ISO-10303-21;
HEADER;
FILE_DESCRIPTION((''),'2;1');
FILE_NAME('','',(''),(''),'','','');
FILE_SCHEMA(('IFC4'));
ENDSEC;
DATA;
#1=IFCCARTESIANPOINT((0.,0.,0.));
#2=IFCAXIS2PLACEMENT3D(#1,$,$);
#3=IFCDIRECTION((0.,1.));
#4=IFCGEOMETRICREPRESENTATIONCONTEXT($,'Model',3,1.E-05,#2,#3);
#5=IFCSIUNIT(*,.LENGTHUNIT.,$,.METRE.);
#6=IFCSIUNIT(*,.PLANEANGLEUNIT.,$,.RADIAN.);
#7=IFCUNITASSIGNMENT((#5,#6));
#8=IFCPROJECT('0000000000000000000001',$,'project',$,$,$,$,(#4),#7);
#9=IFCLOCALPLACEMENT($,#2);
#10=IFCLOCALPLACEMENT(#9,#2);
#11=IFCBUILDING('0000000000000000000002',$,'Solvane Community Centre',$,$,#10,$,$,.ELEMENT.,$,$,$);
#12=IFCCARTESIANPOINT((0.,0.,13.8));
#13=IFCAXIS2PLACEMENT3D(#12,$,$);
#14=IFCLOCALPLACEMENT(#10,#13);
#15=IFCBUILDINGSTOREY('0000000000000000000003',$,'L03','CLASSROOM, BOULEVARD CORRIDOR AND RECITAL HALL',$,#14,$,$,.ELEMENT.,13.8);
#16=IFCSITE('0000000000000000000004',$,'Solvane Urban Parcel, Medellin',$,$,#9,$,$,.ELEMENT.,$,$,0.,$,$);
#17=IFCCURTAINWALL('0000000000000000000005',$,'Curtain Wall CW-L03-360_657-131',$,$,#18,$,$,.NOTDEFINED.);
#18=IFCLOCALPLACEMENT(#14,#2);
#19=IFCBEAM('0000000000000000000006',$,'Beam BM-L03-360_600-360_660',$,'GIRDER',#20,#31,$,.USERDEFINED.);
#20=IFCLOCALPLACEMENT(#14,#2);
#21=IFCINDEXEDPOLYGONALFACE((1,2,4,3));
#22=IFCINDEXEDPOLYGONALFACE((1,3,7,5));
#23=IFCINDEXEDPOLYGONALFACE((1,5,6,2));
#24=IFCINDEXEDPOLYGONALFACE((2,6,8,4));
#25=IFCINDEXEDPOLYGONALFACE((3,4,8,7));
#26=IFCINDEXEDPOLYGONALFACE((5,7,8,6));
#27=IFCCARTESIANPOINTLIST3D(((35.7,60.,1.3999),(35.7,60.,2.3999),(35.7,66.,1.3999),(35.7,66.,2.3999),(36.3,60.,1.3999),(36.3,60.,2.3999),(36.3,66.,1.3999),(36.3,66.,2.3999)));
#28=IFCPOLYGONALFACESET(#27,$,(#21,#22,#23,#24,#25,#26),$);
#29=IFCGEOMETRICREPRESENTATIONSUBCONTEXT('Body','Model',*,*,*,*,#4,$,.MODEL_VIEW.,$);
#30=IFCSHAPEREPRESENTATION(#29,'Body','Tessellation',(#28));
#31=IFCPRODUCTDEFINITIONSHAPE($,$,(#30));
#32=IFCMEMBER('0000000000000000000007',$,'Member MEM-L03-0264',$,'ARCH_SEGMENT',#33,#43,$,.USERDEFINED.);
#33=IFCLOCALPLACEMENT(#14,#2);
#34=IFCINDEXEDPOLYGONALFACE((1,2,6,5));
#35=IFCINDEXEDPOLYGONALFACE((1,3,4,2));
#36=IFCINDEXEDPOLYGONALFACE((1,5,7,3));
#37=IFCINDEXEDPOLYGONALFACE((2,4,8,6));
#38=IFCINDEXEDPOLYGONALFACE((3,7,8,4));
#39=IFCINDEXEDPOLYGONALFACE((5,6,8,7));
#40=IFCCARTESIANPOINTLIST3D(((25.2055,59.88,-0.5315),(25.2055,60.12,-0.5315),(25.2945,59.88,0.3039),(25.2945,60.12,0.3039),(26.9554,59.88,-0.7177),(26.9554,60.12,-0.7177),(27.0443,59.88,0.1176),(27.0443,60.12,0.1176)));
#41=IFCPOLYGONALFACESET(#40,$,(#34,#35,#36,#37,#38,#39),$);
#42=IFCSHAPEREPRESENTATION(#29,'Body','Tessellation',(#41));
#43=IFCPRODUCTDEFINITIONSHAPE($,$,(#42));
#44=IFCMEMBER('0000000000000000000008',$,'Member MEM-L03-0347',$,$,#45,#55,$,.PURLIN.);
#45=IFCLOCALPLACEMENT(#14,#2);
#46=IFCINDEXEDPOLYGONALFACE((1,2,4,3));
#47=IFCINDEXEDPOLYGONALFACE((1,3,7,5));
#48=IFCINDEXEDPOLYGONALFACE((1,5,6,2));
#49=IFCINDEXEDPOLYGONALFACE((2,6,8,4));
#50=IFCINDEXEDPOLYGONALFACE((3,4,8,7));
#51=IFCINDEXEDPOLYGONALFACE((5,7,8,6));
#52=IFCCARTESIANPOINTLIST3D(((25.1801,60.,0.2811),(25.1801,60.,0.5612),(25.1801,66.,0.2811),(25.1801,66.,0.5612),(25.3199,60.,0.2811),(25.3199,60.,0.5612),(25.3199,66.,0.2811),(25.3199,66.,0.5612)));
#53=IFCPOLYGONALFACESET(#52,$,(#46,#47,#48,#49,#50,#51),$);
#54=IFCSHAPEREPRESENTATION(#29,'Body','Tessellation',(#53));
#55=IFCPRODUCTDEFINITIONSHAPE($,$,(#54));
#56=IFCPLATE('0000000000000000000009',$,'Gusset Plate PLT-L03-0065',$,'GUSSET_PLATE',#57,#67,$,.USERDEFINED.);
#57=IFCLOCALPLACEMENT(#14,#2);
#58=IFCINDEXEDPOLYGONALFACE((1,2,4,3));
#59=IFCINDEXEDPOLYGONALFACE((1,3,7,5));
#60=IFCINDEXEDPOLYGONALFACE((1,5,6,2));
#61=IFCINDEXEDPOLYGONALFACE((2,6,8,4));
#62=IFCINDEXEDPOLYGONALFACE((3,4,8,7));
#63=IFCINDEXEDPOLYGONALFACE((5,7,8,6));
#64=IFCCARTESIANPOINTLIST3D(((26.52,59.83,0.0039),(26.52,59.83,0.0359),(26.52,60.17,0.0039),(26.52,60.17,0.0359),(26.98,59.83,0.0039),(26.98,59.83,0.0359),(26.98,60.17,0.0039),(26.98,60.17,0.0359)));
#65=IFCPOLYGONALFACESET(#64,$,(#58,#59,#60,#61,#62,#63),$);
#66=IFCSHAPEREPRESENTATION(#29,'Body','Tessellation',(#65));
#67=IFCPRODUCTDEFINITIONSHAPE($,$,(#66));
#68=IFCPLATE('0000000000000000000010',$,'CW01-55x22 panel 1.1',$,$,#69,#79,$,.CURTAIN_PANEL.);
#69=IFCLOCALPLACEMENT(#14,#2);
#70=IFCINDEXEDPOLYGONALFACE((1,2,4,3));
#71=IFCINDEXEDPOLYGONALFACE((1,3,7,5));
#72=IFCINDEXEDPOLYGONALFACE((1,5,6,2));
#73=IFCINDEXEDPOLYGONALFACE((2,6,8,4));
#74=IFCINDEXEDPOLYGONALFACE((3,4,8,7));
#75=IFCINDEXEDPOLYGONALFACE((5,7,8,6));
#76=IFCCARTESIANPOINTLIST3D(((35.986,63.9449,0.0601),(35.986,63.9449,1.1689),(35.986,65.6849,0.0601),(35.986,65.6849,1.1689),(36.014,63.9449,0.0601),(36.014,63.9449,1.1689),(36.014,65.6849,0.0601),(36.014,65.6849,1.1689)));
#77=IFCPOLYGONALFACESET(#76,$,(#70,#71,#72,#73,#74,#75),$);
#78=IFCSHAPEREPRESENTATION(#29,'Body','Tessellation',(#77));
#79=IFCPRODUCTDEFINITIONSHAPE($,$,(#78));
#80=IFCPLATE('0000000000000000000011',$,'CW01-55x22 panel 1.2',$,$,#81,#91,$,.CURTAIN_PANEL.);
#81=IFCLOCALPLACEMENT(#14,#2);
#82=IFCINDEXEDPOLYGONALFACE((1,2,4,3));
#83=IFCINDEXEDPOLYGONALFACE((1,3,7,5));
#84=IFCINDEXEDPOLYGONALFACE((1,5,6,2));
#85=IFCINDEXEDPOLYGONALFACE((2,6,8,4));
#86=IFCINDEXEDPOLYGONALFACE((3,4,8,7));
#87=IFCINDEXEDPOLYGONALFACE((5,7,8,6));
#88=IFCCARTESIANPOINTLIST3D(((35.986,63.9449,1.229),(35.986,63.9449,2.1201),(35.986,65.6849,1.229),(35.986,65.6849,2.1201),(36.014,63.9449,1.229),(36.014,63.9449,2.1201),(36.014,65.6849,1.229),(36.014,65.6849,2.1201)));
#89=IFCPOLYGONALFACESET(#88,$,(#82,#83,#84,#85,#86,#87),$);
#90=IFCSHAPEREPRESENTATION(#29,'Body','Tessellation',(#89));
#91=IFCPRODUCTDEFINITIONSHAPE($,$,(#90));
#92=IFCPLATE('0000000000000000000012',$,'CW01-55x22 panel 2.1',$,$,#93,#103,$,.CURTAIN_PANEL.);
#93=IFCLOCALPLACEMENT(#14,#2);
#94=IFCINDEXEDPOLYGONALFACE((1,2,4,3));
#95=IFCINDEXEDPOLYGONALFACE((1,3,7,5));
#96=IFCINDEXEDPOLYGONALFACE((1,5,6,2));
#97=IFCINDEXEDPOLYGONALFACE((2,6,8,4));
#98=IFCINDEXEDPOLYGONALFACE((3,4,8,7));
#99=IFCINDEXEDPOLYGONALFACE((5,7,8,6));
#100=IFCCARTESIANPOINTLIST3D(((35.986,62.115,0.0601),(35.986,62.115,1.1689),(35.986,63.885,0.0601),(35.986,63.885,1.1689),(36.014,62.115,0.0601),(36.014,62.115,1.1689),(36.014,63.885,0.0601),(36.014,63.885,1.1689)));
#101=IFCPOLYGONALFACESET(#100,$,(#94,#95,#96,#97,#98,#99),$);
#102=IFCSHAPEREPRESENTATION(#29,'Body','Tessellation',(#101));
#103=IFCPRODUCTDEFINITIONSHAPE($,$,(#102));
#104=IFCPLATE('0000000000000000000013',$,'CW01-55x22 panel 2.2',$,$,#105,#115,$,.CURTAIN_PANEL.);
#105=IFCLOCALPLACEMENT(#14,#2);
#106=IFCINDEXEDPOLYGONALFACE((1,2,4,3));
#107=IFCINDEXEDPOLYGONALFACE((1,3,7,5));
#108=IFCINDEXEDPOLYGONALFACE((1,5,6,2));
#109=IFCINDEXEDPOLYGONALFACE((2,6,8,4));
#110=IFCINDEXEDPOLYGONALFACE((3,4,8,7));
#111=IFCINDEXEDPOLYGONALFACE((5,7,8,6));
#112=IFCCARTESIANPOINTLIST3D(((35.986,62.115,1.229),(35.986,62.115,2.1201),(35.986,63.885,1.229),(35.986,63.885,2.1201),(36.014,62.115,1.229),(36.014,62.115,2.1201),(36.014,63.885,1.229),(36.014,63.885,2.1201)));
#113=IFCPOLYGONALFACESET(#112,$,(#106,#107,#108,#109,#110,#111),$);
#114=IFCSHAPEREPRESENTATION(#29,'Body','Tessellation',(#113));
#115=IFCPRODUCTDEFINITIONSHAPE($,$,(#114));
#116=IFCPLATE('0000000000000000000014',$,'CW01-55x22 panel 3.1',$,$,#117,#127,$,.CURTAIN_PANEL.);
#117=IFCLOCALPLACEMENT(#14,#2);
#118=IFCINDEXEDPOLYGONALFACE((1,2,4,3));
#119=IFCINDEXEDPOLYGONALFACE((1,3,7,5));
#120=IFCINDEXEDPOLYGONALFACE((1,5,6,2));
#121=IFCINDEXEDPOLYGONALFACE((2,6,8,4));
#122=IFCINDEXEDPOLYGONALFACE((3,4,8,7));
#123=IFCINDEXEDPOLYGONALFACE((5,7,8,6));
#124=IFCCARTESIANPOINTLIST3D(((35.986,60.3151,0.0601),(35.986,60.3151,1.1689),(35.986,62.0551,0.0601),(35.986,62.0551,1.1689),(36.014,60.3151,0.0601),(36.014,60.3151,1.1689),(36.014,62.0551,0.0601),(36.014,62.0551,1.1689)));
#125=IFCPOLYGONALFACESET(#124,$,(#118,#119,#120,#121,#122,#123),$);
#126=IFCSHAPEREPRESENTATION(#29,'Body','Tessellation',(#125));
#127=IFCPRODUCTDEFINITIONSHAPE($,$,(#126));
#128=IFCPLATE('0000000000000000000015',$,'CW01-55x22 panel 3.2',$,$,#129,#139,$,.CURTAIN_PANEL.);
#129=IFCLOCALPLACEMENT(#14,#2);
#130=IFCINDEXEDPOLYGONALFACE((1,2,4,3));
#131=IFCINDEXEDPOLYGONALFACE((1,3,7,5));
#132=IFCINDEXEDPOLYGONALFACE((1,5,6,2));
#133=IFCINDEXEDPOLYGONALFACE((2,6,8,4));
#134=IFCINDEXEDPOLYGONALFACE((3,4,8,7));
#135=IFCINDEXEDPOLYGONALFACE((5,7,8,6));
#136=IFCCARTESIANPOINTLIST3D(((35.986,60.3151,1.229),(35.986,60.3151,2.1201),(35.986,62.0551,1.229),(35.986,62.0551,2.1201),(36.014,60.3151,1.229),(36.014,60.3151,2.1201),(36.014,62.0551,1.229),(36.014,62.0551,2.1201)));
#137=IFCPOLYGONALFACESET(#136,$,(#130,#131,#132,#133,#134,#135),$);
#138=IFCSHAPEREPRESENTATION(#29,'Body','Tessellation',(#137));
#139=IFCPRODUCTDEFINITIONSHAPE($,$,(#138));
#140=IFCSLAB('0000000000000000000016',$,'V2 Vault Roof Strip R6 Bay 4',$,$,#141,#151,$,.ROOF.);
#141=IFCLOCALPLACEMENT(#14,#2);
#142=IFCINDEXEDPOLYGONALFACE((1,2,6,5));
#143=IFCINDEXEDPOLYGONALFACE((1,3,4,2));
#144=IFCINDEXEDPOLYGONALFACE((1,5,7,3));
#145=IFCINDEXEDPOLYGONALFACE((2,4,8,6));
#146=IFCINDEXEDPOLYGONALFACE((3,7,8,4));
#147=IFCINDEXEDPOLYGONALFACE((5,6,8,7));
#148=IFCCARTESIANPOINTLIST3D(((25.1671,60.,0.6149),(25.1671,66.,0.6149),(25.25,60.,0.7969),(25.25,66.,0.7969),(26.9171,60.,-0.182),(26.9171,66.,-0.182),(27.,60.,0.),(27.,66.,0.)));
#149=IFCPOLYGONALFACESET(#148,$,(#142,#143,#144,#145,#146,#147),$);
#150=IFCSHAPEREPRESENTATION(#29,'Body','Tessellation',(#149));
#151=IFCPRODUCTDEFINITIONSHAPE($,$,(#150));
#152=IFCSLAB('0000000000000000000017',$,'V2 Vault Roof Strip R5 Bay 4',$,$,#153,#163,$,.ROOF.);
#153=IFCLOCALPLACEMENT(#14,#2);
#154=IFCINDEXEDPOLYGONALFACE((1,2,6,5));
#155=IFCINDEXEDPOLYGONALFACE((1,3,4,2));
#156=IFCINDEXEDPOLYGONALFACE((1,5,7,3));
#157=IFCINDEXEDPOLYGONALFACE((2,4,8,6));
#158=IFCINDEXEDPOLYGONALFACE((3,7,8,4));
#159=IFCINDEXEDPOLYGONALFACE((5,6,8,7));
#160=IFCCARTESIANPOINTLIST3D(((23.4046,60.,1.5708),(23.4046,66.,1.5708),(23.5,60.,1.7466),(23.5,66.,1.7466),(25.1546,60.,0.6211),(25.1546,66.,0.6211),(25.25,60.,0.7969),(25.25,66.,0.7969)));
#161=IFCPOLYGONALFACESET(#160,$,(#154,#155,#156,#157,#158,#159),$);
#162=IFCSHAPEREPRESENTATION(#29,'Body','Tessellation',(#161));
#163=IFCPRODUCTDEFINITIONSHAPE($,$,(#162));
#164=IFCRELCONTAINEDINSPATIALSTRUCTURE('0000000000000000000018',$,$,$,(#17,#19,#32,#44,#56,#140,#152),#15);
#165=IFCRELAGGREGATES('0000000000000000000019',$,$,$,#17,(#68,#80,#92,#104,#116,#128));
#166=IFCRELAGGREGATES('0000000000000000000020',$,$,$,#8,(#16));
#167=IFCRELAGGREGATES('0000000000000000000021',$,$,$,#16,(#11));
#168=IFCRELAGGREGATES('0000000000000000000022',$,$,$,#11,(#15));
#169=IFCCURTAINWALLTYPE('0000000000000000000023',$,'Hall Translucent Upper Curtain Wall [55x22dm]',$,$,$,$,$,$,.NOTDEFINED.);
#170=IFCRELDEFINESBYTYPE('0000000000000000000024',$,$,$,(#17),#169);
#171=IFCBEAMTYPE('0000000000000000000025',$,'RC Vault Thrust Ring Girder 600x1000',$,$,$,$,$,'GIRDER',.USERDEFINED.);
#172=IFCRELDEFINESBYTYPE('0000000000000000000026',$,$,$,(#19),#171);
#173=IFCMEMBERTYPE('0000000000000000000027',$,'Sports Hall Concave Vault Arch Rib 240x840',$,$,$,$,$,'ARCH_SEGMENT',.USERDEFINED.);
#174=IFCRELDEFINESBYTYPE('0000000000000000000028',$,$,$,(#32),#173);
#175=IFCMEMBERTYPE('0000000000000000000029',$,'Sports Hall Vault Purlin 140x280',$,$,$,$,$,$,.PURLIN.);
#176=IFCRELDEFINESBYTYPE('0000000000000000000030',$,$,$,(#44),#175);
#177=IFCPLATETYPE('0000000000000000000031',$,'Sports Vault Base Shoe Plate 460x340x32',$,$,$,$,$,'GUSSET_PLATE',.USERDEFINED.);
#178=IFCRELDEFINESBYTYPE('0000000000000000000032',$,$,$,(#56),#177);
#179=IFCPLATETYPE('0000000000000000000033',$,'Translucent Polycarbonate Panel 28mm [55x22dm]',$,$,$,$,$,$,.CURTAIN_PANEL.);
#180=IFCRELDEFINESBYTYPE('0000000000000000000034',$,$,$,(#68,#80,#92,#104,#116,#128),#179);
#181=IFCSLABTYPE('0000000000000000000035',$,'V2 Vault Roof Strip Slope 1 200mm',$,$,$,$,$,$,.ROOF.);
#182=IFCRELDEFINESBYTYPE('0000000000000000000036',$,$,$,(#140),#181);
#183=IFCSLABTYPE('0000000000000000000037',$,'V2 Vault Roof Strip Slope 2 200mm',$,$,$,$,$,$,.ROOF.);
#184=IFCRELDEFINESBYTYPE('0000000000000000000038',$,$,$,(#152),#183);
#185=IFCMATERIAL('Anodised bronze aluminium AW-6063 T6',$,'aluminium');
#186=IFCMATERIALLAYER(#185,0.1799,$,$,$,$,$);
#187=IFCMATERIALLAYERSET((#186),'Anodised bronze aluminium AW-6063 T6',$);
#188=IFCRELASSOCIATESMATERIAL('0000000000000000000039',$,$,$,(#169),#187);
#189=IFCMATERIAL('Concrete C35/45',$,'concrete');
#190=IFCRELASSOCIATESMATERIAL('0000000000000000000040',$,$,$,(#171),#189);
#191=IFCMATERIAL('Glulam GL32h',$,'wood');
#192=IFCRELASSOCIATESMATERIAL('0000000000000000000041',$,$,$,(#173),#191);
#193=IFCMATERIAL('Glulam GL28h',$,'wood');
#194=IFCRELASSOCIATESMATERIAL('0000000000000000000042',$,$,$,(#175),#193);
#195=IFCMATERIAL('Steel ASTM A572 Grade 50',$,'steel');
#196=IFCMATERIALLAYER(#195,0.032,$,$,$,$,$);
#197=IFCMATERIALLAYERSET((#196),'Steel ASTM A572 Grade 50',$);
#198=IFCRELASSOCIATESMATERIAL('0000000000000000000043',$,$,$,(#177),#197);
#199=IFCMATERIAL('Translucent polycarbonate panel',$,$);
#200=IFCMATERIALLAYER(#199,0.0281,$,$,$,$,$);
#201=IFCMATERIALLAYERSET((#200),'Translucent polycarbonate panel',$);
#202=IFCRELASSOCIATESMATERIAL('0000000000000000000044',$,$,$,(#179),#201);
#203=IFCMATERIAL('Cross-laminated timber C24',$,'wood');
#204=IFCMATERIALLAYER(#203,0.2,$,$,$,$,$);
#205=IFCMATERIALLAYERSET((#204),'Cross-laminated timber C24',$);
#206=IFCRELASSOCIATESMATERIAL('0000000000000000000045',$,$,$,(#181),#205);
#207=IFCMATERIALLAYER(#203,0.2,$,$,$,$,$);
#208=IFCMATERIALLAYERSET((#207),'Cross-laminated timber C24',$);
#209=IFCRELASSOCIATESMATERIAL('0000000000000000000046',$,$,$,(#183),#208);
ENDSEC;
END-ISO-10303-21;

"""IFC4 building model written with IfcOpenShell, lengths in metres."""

from ifc_helpers import new_model, si_unit, direction, frame, origin, origin_2d, place, context, subcontext, project, spatial, polyline, rectangle, outline, extrude, material, layer, layer_set, material_profile, profile_set, type_object, element, aggregate, save


model = new_model("IFC4")

# Units and contexts
model_context = context("Model", 3, precision=1e-05, world=origin(), true_north=direction((0.0, 1.0)))
body_context = subcontext(model_context, "Body", "Model", "MODEL_VIEW")
ifc_project = project(units=[si_unit("LENGTHUNIT", "METRE"), si_unit("PLANEANGLEUNIT", "RADIAN")], contexts=[model_context])

# Site, building, storey
site_placement = place(None, origin())
site = spatial("IfcSite", under=ifc_project, at=site_placement, Name="Solvane Urban Parcel, Medellin", CompositionType="ELEMENT", RefElevation=0.0)
building_placement = place(site_placement, origin())
building = spatial("IfcBuilding", under=site, at=building_placement, Name="Solvane Community Centre", CompositionType="ELEMENT")
storey_placement = place(building_placement, frame((0.0, 0.0, 13.8)))
storey = spatial("IfcBuildingStorey", under=building, at=storey_placement, Name="L03", Description="CLASSROOM, BOULEVARD CORRIDOR AND RECITAL HALL", CompositionType="ELEMENT", Elevation=13.8)

# Shared definitions
ifc_material_1 = material(Name="Glulam GL32h", Category="wood")

# Curtain wall
ifc_material_2 = material(Name="Anodised bronze aluminium AW-6063 T6", Category="aluminium")
ifc_layer_1 = layer(ifc_material_2, 0.1799)
ifc_layer_set_1 = layer_set([ifc_layer_1], Name="Anodised bronze aluminium AW-6063 T6")
curtain_wall_type = type_object("IfcCurtainWallType", Name="Hall Translucent Upper Curtain Wall [55x22dm]", PredefinedType="NOTDEFINED", material=ifc_layer_set_1)
curtain_wall_placement = place(storey_placement, origin())
curtain_wall = element("IfcCurtainWall", 1, at=curtain_wall_placement, inside=storey, type_object=curtain_wall_type, Name="Curtain Wall CW-L03-360_657-131", PredefinedType="NOTDEFINED")

# Beam
ifc_material_3 = material(Name="Concrete C35/45", Category="concrete")
ifc_material_profile_1 = material_profile(ifc_material_3, rectangle(XDim=0.6001, YDim=1.0, at=origin_2d()), Name="RC 600x1000")
ifc_profile_set_1 = profile_set([ifc_material_profile_1], Name="Concrete C35/45")
beam_type = type_object("IfcBeamType", Name="RC Vault Thrust Ring Girder 600x1000", ElementType="GIRDER", PredefinedType="USERDEFINED", material=ifc_profile_set_1)
beam_placement = place(storey_placement, frame((36.0, 60.0, 1.8999), z_axis=(0.0, 1.0, 0.0), x_axis=(-1.0, 0.0, 0.0)))
element("IfcBeam", 2, at=beam_placement, inside=storey, type_object=beam_type, Name="Beam BM-L03-360_600-360_660", ObjectType="GIRDER", PredefinedType="USERDEFINED", context=body_context, shape_type="SweptSolid", body=[
    extrude(rectangle(XDim=0.6001, YDim=1.0, at=origin_2d()), origin(), (0.0, 0.0, 1.0), 6.0),
])

# Members
ifc_material_profile_2 = material_profile(ifc_material_1, rectangle(XDim=0.24, YDim=0.8401, at=origin_2d()), Name="GL32h 240x840")
ifc_profile_set_2 = profile_set([ifc_material_profile_2], Name="Glulam GL32h")
member_type_1 = type_object("IfcMemberType", Name="Sports Hall Concave Vault Arch Rib 240x840", ElementType="ARCH_SEGMENT", PredefinedType="USERDEFINED", material=ifc_profile_set_2)
member_1_placement = place(storey_placement, frame((25.25, 60.0, -0.1138), z_axis=(0.994382, 0.0, -0.105847), x_axis=(0.0, 1.0, 0.0)))
element("IfcMember", 3, at=member_1_placement, inside=storey, type_object=member_type_1, Name="Member MEM-L03-0264", ObjectType="ARCH_SEGMENT", PredefinedType="USERDEFINED", context=body_context, shape_type="SweptSolid", body=[
    extrude(rectangle(XDim=0.24, YDim=0.8401, at=origin_2d()), origin(), (0.0, 0.0, 1.0), 1.7598),
])
ifc_material_4 = material(Name="Glulam GL28h", Category="wood")
ifc_material_profile_3 = material_profile(ifc_material_4, rectangle(XDim=0.1399, YDim=0.28, at=origin_2d()), Name="GL28h 140x280")
ifc_profile_set_3 = profile_set([ifc_material_profile_3], Name="Glulam GL28h")
member_type_2 = type_object("IfcMemberType", Name="Sports Hall Vault Purlin 140x280", PredefinedType="PURLIN", material=ifc_profile_set_3)
member_2_placement = place(storey_placement, frame((25.25, 60.0, 0.4211), z_axis=(0.0, 1.0, 0.0), x_axis=(-1.0, 0.0, 0.0)))
element("IfcMember", 4, at=member_2_placement, inside=storey, type_object=member_type_2, Name="Member MEM-L03-0347", PredefinedType="PURLIN", context=body_context, shape_type="SweptSolid", body=[
    extrude(rectangle(XDim=0.1399, YDim=0.28, at=origin_2d()), origin(), (0.0, 0.0, 1.0), 6.0),
])

# Plates
ifc_material_5 = material(Name="Steel ASTM A572 Grade 50", Category="steel")
ifc_layer_2 = layer(ifc_material_5, 0.032)
ifc_layer_set_2 = layer_set([ifc_layer_2], Name="Steel ASTM A572 Grade 50")
plate_type_1 = type_object("IfcPlateType", Name="Sports Vault Base Shoe Plate 460x340x32", ElementType="GUSSET_PLATE", PredefinedType="USERDEFINED", material=ifc_layer_set_2)
plate_1_placement = place(storey_placement, frame((26.75, 60.0, 0.0039), z_axis=(0.0, 0.0, 1.0), x_axis=(1.0, 0.0, 0.0)))
element("IfcPlate", 5, at=plate_1_placement, inside=storey, type_object=plate_type_1, Name="Gusset Plate PLT-L03-0065", ObjectType="GUSSET_PLATE", PredefinedType="USERDEFINED", context=body_context, shape_type="SweptSolid", body=[
    extrude(rectangle(XDim=0.46, YDim=0.3401, at=origin_2d()), origin(), (0.0, 0.0, 1.0), 0.032),
])
ifc_material_6 = material(Name="Translucent polycarbonate panel")
ifc_layer_3 = layer(ifc_material_6, 0.0281)
ifc_layer_set_3 = layer_set([ifc_layer_3], Name="Translucent polycarbonate panel")
plate_type_2 = type_object("IfcPlateType", Name="Translucent Polycarbonate Panel 28mm [55x22dm]", PredefinedType="CURTAIN_PANEL", material=ifc_layer_set_3)
plate_2_placement = place(storey_placement, frame((36.0, 64.8149, 0.0601), z_axis=(0.0, 0.0, 1.0), x_axis=(0.0, -1.0, 0.0)))
plate_2 = element("IfcPlate", 6, at=plate_2_placement, type_object=plate_type_2, Name="CW01-55x22 panel 1.1", PredefinedType="CURTAIN_PANEL", context=body_context, shape_type="SweptSolid", body=[
    extrude(rectangle(XDim=1.74, YDim=0.0281, at=origin_2d()), origin(), (0.0, 0.0, 1.0), 1.1089),
])
plate_3_placement = place(storey_placement, frame((36.0, 64.8149, 1.229), z_axis=(0.0, 0.0, 1.0), x_axis=(0.0, -1.0, 0.0)))
plate_3 = element("IfcPlate", 7, at=plate_3_placement, type_object=plate_type_2, Name="CW01-55x22 panel 1.2", PredefinedType="CURTAIN_PANEL", context=body_context, shape_type="SweptSolid", body=[
    extrude(rectangle(XDim=1.74, YDim=0.0281, at=origin_2d()), origin(), (0.0, 0.0, 1.0), 0.8911),
])
plate_4_placement = place(storey_placement, frame((36.0, 63.0, 0.0601), z_axis=(0.0, 0.0, 1.0), x_axis=(0.0, -1.0, 0.0)))
plate_4 = element("IfcPlate", 8, at=plate_4_placement, type_object=plate_type_2, Name="CW01-55x22 panel 2.1", PredefinedType="CURTAIN_PANEL", context=body_context, shape_type="SweptSolid", body=[
    extrude(rectangle(XDim=1.77, YDim=0.0281, at=origin_2d()), origin(), (0.0, 0.0, 1.0), 1.1089),
])
plate_5_placement = place(storey_placement, frame((36.0, 63.0, 1.229), z_axis=(0.0, 0.0, 1.0), x_axis=(0.0, -1.0, 0.0)))
plate_5 = element("IfcPlate", 9, at=plate_5_placement, type_object=plate_type_2, Name="CW01-55x22 panel 2.2", PredefinedType="CURTAIN_PANEL", context=body_context, shape_type="SweptSolid", body=[
    extrude(rectangle(XDim=1.77, YDim=0.0281, at=origin_2d()), origin(), (0.0, 0.0, 1.0), 0.8911),
])
plate_6_placement = place(storey_placement, frame((36.0, 61.1851, 0.0601), z_axis=(0.0, 0.0, 1.0), x_axis=(0.0, -1.0, 0.0)))
plate_6 = element("IfcPlate", 10, at=plate_6_placement, type_object=plate_type_2, Name="CW01-55x22 panel 3.1", PredefinedType="CURTAIN_PANEL", context=body_context, shape_type="SweptSolid", body=[
    extrude(rectangle(XDim=1.74, YDim=0.0281, at=origin_2d()), origin(), (0.0, 0.0, 1.0), 1.1089),
])
plate_7_placement = place(storey_placement, frame((36.0, 61.1851, 1.229), z_axis=(0.0, 0.0, 1.0), x_axis=(0.0, -1.0, 0.0)))
plate_7 = element("IfcPlate", 11, at=plate_7_placement, type_object=plate_type_2, Name="CW01-55x22 panel 3.2", PredefinedType="CURTAIN_PANEL", context=body_context, shape_type="SweptSolid", body=[
    extrude(rectangle(XDim=1.74, YDim=0.0281, at=origin_2d()), origin(), (0.0, 0.0, 1.0), 0.8911),
])
aggregate(curtain_wall, [plate_2, plate_3, plate_4, plate_5, plate_6, plate_7])

# Slabs
ifc_material_7 = material(Name="Cross-laminated timber C24", Category="wood")
ifc_layer_4 = layer(ifc_material_7, 0.2)
ifc_layer_set_4 = layer_set([ifc_layer_4], Name="Cross-laminated timber C24")
slab_type_1 = type_object("IfcSlabType", Name="V2 Vault Roof Strip Slope 1 200mm", PredefinedType="ROOF", material=ifc_layer_set_4)
slab_1_placement = place(storey_placement, frame((25.25, 60.0, 0.7969), z_axis=(0.414415, 0.0, 0.910088), x_axis=(0.910088, 0.0, -0.414415)))
element("IfcSlab", 12, at=slab_1_placement, inside=storey, type_object=slab_type_1, Name="V2 Vault Roof Strip R6 Bay 4", PredefinedType="ROOF", context=body_context, shape_type="SweptSolid", body=[
    extrude(outline(polyline([(0.0, 0.0), (1.9229, 0.0), (1.9229, 6.0), (0.0, 6.0), (0.0, 0.0)])), origin(), (0.0, 0.0, -1.0), 0.2),
])
ifc_layer_5 = layer(ifc_material_7, 0.2)
ifc_layer_set_5 = layer_set([ifc_layer_5], Name="Cross-laminated timber C24")
slab_type_2 = type_object("IfcSlabType", Name="V2 Vault Roof Strip Slope 2 200mm", PredefinedType="ROOF", material=ifc_layer_set_5)
slab_2_placement = place(storey_placement, frame((23.5, 60.0, 1.7466), z_axis=(0.476978, 0.0, 0.878915), x_axis=(0.878915, 0.0, -0.476978)))
element("IfcSlab", 13, at=slab_2_placement, inside=storey, type_object=slab_type_2, Name="V2 Vault Roof Strip R5 Bay 4", PredefinedType="ROOF", context=body_context, shape_type="SweptSolid", body=[
    extrude(outline(polyline([(0.0, 0.0), (1.9911, 0.0), (1.9911, 6.0), (0.0, 6.0), (0.0, 0.0)])), origin(), (0.0, 0.0, -1.0), 0.2),
])

save(model, "model.ifc")
